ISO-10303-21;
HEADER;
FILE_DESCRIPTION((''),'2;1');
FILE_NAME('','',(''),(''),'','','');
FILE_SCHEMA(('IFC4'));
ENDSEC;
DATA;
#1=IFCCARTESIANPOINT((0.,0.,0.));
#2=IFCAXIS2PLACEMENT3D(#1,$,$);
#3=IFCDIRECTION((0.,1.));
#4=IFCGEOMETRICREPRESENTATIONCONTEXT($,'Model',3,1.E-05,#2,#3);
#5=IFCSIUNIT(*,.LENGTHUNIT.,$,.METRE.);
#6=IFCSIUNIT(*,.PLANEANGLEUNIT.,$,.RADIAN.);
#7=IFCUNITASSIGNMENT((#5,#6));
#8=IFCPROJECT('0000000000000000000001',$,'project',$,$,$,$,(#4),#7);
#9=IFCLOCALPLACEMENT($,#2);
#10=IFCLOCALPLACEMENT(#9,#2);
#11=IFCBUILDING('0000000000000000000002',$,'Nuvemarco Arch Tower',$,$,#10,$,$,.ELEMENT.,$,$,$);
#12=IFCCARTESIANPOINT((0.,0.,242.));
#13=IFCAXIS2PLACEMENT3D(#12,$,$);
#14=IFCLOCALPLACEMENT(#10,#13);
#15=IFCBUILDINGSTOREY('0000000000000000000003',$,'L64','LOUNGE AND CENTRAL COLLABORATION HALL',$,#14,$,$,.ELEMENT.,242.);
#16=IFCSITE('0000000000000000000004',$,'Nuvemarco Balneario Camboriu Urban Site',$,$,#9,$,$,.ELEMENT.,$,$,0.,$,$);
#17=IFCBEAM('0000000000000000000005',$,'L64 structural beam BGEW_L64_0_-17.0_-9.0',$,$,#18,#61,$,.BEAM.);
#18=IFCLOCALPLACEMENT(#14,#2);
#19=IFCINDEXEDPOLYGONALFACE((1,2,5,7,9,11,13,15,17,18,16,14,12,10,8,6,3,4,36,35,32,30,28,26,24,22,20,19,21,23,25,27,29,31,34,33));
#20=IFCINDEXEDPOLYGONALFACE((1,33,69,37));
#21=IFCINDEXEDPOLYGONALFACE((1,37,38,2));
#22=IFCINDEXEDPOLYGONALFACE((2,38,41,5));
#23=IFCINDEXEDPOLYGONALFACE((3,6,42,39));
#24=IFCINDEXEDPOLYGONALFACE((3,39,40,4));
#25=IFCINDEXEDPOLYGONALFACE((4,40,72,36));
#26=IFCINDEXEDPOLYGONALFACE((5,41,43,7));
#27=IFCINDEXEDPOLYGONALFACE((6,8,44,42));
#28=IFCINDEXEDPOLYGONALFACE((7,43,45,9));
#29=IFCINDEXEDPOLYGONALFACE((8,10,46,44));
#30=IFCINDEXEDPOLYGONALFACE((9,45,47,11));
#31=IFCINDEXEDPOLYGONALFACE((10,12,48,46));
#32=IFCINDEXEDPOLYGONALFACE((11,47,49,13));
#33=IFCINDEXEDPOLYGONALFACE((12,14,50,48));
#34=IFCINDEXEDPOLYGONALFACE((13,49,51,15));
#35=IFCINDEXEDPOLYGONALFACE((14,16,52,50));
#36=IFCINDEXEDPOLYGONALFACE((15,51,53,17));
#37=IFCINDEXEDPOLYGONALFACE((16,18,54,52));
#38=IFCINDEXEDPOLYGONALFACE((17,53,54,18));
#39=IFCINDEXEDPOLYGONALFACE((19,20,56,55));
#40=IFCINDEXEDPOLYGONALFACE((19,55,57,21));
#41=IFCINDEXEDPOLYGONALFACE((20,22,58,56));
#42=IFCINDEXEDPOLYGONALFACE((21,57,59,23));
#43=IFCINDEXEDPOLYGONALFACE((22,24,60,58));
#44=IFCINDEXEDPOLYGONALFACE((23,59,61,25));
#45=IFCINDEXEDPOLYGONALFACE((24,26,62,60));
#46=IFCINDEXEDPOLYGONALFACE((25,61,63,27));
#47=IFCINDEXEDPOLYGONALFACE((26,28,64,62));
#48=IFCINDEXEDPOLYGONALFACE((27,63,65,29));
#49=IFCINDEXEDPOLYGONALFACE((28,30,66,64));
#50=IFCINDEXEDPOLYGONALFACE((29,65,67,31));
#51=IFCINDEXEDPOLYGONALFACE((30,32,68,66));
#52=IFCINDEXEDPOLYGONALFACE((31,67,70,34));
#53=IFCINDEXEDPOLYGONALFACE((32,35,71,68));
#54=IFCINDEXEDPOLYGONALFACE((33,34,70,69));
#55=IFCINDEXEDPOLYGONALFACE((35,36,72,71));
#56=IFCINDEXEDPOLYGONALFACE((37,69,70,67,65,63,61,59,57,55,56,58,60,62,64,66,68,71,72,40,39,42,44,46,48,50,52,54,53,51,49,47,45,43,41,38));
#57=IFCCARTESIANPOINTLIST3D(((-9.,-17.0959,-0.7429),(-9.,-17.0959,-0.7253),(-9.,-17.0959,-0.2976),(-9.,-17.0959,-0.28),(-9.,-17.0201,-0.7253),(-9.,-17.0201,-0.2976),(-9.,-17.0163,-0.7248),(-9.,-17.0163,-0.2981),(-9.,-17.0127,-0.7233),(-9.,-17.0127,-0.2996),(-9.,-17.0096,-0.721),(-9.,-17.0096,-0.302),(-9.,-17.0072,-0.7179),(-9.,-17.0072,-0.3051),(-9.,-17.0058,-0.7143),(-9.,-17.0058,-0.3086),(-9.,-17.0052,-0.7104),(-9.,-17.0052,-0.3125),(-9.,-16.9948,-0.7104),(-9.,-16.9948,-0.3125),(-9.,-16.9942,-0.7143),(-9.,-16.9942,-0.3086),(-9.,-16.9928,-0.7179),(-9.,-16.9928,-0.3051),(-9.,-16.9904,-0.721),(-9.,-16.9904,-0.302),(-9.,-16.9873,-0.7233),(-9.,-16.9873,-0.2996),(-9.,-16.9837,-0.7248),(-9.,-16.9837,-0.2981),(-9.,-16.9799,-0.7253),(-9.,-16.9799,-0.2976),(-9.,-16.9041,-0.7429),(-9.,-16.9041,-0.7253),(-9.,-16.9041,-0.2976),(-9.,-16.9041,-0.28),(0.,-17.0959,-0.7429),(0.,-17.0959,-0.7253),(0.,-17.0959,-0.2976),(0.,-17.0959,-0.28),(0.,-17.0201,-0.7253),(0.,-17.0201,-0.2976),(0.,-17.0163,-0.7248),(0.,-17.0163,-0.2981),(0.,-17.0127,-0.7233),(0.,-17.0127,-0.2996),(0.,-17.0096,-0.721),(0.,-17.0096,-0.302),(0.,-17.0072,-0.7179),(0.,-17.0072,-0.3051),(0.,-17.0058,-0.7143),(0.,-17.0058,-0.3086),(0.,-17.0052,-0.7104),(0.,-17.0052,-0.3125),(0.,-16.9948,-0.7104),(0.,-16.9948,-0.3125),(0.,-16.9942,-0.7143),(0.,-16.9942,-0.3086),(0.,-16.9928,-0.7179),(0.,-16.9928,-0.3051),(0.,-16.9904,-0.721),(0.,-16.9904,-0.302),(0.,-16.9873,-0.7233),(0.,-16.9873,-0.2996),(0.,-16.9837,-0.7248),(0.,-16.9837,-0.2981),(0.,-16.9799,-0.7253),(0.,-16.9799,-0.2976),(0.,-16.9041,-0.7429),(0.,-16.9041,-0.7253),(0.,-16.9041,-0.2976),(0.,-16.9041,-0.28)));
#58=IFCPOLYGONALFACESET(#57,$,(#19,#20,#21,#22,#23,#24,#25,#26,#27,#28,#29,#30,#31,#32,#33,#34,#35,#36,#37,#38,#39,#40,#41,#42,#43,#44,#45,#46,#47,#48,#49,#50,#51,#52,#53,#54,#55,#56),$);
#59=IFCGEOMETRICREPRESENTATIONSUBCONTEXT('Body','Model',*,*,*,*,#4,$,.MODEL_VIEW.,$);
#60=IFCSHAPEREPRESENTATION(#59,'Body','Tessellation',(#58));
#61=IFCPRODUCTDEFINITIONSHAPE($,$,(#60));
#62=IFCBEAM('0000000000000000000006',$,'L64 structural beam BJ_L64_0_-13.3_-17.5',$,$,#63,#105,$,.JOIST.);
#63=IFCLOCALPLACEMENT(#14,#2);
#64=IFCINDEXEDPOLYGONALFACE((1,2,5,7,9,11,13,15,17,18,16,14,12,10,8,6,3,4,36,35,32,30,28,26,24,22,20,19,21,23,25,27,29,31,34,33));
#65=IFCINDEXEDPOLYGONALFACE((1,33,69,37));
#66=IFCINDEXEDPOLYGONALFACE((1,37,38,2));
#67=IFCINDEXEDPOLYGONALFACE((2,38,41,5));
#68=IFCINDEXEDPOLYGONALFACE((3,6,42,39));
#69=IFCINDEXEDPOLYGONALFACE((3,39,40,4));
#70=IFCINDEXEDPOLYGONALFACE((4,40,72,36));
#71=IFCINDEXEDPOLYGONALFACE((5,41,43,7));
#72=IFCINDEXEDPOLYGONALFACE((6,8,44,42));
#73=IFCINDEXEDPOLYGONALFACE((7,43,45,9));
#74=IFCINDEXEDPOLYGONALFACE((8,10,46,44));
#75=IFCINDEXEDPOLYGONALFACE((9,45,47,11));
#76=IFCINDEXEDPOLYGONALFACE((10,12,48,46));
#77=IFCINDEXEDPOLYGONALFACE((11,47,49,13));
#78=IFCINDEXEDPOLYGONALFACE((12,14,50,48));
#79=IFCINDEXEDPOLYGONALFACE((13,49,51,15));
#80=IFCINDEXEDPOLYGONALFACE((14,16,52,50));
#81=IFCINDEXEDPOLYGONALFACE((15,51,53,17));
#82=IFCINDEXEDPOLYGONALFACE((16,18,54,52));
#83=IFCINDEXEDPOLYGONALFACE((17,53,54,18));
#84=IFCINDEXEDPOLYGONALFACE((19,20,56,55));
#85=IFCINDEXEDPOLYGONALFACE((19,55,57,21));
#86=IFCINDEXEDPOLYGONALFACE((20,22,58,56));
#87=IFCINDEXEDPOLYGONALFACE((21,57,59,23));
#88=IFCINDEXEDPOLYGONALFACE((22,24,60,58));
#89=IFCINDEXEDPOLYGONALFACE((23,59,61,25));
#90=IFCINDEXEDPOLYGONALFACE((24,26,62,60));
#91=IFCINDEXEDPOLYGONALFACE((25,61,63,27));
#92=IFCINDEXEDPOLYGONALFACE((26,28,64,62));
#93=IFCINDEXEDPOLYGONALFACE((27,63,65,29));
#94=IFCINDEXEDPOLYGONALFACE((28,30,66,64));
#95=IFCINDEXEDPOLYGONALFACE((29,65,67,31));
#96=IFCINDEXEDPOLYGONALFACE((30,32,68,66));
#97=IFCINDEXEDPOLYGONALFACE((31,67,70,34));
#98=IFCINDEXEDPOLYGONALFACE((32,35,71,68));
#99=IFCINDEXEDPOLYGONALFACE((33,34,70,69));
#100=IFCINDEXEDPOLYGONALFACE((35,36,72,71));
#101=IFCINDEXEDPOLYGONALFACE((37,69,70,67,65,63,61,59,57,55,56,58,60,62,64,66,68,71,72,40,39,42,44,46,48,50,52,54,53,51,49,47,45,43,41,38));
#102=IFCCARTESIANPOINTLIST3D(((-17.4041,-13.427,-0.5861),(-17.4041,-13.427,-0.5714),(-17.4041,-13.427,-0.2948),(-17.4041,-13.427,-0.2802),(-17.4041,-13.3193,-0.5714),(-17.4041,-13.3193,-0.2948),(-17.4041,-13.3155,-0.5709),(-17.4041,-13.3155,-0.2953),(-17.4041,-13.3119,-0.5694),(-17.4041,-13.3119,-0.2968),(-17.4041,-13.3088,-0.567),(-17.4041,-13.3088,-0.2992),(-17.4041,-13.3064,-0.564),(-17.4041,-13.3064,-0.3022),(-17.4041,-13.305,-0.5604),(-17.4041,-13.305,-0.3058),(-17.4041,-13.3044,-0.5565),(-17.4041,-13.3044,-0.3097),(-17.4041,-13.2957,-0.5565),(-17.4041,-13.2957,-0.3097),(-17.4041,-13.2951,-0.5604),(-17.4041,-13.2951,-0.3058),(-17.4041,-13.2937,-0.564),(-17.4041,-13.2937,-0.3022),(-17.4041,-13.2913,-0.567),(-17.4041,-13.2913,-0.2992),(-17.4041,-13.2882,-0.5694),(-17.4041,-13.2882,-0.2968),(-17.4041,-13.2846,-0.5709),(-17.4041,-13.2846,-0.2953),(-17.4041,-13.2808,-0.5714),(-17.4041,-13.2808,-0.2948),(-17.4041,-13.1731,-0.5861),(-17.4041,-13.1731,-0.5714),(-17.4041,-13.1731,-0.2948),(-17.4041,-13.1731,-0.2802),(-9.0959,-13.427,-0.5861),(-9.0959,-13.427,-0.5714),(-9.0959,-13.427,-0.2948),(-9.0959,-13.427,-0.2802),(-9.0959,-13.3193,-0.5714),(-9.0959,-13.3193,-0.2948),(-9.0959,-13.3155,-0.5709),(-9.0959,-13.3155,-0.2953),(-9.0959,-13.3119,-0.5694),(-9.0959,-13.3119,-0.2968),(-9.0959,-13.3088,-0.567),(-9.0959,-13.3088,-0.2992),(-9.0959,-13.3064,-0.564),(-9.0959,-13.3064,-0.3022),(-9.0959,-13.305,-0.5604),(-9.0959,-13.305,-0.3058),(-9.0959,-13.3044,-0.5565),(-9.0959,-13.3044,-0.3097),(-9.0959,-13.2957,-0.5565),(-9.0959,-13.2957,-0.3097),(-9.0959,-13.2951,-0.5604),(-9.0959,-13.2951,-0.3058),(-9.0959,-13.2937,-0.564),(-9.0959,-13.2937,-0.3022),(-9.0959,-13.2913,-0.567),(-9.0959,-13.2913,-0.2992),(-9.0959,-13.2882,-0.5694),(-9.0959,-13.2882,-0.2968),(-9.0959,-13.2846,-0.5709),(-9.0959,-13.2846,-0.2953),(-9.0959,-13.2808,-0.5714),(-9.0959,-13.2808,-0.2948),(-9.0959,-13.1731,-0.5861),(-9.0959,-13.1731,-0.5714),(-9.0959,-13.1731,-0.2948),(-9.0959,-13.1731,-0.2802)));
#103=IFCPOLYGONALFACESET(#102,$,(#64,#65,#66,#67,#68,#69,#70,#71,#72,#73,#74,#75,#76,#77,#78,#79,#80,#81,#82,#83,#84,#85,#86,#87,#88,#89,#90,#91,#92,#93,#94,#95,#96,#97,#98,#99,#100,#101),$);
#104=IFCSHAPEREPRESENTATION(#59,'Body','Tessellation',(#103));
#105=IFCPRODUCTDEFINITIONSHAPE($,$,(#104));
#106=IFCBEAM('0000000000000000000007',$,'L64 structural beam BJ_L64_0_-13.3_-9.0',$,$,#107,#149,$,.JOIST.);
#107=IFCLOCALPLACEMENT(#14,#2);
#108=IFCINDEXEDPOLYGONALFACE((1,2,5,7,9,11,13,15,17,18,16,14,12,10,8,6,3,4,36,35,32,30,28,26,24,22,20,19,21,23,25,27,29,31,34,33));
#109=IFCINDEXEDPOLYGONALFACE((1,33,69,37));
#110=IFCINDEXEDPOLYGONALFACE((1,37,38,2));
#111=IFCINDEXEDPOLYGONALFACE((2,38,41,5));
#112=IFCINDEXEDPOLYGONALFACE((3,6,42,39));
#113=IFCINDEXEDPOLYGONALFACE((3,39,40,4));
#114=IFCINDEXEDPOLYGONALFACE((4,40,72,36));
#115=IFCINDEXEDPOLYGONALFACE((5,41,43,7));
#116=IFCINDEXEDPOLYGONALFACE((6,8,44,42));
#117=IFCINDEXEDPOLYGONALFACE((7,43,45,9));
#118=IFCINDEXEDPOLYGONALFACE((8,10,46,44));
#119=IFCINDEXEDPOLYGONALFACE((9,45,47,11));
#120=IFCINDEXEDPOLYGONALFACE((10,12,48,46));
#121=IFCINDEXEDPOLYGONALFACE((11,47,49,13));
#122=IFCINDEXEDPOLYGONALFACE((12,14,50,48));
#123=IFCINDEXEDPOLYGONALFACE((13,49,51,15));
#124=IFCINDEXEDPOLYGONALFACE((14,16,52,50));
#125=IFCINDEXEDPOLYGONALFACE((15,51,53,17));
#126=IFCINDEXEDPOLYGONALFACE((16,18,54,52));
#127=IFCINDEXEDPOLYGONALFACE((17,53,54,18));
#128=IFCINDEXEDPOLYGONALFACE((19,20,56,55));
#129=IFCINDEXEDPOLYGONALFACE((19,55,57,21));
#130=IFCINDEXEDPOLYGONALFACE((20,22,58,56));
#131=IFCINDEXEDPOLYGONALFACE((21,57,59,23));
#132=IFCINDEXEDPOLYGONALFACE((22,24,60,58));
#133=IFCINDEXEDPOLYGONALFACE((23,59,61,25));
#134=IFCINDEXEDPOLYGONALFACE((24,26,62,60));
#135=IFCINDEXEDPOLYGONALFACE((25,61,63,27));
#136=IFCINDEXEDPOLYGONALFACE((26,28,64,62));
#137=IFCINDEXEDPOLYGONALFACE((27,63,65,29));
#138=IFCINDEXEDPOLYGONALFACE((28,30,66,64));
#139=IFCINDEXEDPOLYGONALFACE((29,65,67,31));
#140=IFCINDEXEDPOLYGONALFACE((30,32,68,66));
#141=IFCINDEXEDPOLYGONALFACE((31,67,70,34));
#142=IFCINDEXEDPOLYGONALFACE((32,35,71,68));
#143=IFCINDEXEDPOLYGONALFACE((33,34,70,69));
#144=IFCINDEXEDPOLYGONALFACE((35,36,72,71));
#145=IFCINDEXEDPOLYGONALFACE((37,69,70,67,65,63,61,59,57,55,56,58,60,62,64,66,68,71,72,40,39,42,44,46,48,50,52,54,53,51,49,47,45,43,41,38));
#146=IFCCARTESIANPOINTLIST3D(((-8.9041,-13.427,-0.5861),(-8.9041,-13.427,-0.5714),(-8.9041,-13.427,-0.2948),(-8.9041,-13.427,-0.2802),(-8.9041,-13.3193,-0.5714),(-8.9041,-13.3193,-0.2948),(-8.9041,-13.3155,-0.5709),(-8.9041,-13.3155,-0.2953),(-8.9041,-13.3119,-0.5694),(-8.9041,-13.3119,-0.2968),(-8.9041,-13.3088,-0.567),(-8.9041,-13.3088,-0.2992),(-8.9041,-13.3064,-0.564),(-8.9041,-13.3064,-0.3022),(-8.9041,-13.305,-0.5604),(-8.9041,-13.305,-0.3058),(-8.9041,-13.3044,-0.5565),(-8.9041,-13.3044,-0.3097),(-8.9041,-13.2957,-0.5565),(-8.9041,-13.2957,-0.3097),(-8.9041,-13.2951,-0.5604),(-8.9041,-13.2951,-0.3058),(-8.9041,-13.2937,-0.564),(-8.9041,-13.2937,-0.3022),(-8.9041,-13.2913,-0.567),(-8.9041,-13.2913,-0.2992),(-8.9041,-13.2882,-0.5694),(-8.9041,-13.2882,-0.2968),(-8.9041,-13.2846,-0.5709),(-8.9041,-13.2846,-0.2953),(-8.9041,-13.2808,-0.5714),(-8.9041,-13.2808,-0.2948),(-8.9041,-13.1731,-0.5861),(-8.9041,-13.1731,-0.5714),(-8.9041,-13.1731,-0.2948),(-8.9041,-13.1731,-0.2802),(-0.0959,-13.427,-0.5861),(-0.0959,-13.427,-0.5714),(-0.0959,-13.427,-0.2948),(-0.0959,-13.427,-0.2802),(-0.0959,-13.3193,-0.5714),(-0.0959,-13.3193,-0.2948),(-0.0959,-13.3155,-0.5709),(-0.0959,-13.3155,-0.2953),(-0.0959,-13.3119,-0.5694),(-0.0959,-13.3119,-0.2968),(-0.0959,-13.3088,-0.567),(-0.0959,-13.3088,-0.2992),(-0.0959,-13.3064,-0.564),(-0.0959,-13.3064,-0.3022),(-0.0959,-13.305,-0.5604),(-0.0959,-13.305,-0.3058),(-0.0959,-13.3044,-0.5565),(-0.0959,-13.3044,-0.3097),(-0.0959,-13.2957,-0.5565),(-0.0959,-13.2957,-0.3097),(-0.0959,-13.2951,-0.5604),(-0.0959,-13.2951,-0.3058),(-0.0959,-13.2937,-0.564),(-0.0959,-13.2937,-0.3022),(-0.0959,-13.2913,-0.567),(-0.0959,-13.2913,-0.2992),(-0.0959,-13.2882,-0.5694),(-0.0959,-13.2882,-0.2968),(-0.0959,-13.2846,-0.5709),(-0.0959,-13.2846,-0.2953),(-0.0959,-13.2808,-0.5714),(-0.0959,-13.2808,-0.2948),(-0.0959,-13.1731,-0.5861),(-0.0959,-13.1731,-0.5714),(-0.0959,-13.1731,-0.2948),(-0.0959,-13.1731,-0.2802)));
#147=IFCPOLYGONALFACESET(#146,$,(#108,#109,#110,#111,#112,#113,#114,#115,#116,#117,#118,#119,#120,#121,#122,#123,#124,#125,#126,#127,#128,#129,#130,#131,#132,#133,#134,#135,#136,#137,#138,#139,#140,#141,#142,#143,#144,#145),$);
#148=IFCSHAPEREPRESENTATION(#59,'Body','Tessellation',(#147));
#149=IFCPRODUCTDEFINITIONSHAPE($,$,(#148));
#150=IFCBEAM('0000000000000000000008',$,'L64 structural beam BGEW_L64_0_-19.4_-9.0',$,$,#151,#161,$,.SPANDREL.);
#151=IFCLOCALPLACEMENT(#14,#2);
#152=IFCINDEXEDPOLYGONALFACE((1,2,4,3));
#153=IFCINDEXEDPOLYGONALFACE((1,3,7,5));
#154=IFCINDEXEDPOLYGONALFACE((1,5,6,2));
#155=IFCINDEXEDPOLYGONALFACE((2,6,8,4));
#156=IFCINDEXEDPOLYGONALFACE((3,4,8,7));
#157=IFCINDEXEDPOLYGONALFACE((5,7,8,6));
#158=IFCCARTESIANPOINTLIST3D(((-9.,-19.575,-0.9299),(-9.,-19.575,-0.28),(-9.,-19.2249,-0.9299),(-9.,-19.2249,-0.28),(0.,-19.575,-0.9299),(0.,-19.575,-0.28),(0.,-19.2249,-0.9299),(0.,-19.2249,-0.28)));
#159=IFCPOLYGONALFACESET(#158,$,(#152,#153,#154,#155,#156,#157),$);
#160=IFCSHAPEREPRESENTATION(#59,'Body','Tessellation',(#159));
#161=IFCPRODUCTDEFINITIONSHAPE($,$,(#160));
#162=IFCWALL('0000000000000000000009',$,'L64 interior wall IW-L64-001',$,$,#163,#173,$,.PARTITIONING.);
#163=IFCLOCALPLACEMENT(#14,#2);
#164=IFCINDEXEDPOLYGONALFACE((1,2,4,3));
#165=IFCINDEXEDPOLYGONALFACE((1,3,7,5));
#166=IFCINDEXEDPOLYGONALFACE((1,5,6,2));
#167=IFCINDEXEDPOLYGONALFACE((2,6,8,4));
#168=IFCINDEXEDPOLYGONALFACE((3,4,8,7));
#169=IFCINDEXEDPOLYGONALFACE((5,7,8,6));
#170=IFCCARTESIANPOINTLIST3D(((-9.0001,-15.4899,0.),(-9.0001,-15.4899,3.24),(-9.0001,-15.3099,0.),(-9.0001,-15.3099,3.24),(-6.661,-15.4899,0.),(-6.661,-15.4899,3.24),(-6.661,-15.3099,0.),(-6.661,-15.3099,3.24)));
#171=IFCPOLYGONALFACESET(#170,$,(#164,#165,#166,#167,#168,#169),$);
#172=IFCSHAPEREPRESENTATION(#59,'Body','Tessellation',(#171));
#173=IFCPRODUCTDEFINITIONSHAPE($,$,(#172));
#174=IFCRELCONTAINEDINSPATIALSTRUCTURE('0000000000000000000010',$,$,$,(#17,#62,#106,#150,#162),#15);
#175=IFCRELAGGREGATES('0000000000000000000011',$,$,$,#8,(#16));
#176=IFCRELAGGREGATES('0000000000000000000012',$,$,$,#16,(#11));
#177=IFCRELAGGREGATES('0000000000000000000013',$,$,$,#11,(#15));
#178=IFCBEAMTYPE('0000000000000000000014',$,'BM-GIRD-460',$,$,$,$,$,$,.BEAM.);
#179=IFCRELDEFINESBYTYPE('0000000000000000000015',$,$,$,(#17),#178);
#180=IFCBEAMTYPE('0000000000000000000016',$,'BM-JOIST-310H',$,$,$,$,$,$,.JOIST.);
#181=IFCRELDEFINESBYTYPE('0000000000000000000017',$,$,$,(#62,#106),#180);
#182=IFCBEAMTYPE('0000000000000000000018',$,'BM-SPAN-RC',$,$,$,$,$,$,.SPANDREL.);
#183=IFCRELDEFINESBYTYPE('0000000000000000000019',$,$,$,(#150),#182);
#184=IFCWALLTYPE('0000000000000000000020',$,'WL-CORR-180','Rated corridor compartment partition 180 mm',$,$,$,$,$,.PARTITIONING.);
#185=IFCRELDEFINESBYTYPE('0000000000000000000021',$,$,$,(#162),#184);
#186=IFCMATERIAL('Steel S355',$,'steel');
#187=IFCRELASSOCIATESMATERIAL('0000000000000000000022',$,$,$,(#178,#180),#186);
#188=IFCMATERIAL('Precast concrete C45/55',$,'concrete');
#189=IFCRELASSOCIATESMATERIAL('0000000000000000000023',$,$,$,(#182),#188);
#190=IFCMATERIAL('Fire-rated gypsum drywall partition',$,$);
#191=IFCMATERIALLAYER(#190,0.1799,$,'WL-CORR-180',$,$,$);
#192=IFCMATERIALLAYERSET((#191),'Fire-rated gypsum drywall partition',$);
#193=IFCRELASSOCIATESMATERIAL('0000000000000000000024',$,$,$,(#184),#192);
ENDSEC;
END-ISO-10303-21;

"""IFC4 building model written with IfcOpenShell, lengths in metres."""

from ifc_helpers import new_model, si_unit, direction, frame, frame_2d, origin, origin_2d, place, context, subcontext, project, spatial, rectangle, i_section, extrude, material, layer, layer_set, material_profile, profile_set, type_object, element, save


model = new_model("IFC4")

# Units and contexts
model_context = context("Model", 3, precision=1e-05, world=origin(), true_north=direction((0.0, 1.0)))
body_context = subcontext(model_context, "Body", "Model", "MODEL_VIEW")
ifc_project = project(units=[si_unit("LENGTHUNIT", "METRE"), si_unit("PLANEANGLEUNIT", "RADIAN")], contexts=[model_context])

# Site, building, storey
site_placement = place(None, origin())
site = spatial("IfcSite", under=ifc_project, at=site_placement, Name="Nuvemarco Balneario Camboriu Urban Site", CompositionType="ELEMENT", RefElevation=0.0)
building_placement = place(site_placement, origin())
building = spatial("IfcBuilding", under=site, at=building_placement, Name="Nuvemarco Arch Tower", CompositionType="ELEMENT")
storey_placement = place(building_placement, frame((0.0, 0.0, 242.0)))
storey = spatial("IfcBuildingStorey", under=building, at=storey_placement, Name="L64", Description="LOUNGE AND CENTRAL COLLABORATION HALL", CompositionType="ELEMENT", Elevation=242.0)

# Shared definitions
ifc_material_1 = material(Name="Steel S355", Category="steel")

# Beams
ifc_material_profile_1 = material_profile(ifc_material_1, i_section(OverallWidth=0.1919, OverallDepth=0.4629, WebThickness=0.0105, FlangeThickness=0.0176, FilletRadius=0.0149, at=origin_2d()), Name="W460x89")
ifc_profile_set_1 = profile_set([ifc_material_profile_1], Name="Steel S355")
beam_type_1 = type_object("IfcBeamType", Name="BM-GIRD-460", PredefinedType="BEAM", material=ifc_profile_set_1)
beam_1_placement = place(storey_placement, frame((-9.0, -17.0, -0.5115), z_axis=(1.0, 0.0, 0.0), x_axis=(0.0, 1.0, 0.0)))
element("IfcBeam", 1, at=beam_1_placement, inside=storey, type_object=beam_type_1, Name="L64 structural beam BGEW_L64_0_-17.0_-9.0", PredefinedType="BEAM", context=body_context, shape_type="SweptSolid", body=[
    extrude(i_section(OverallWidth=0.1919, OverallDepth=0.4629, WebThickness=0.0105, FlangeThickness=0.0176, FilletRadius=0.0149, at=origin_2d()), origin(), (0.0, 0.0, 1.0), 9.0),
])
ifc_material_profile_2 = material_profile(ifc_material_1, i_section(OverallWidth=0.2539, OverallDepth=0.3059, WebThickness=0.0088, FlangeThickness=0.0146, FilletRadius=0.0149, at=origin_2d()), Name="W310x79")
ifc_profile_set_2 = profile_set([ifc_material_profile_2], Name="Steel S355")
beam_type_2 = type_object("IfcBeamType", Name="BM-JOIST-310H", PredefinedType="JOIST", material=ifc_profile_set_2)
beam_2_placement = place(storey_placement, frame((-17.4041, -13.3, -0.4331), z_axis=(1.0, 0.0, 0.0), x_axis=(0.0, 1.0, 0.0)))
element("IfcBeam", 2, at=beam_2_placement, inside=storey, type_object=beam_type_2, Name="L64 structural beam BJ_L64_0_-13.3_-17.5", PredefinedType="JOIST", context=body_context, shape_type="SweptSolid", body=[
    extrude(i_section(OverallWidth=0.2539, OverallDepth=0.3059, WebThickness=0.0088, FlangeThickness=0.0146, FilletRadius=0.0149, at=origin_2d()), origin(), (0.0, 0.0, 1.0), 8.3081),
])
beam_3_placement = place(storey_placement, frame((-8.9041, -13.3, -0.4331), z_axis=(1.0, 0.0, 0.0), x_axis=(0.0, 1.0, 0.0)))
element("IfcBeam", 3, at=beam_3_placement, inside=storey, type_object=beam_type_2, Name="L64 structural beam BJ_L64_0_-13.3_-9.0", PredefinedType="JOIST", context=body_context, shape_type="SweptSolid", body=[
    extrude(i_section(OverallWidth=0.2539, OverallDepth=0.3059, WebThickness=0.0088, FlangeThickness=0.0146, FilletRadius=0.0149, at=origin_2d()), origin(), (0.0, 0.0, 1.0), 8.8081),
])
ifc_material_2 = material(Name="Precast concrete C45/55", Category="concrete")
ifc_material_profile_3 = material_profile(ifc_material_2, rectangle(XDim=0.3501, YDim=0.6499, at=origin_2d()), Name="PC-SP-350x650")
ifc_profile_set_3 = profile_set([ifc_material_profile_3], Name="Precast concrete C45/55")
beam_type_3 = type_object("IfcBeamType", Name="BM-SPAN-RC", PredefinedType="SPANDREL", material=ifc_profile_set_3)
beam_4_placement = place(storey_placement, frame((-9.0, -19.3999, -0.605), z_axis=(1.0, 0.0, 0.0), x_axis=(0.0, 1.0, 0.0)))
element("IfcBeam", 4, at=beam_4_placement, inside=storey, type_object=beam_type_3, Name="L64 structural beam BGEW_L64_0_-19.4_-9.0", PredefinedType="SPANDREL", context=body_context, shape_type="SweptSolid", body=[
    extrude(rectangle(XDim=0.3501, YDim=0.6499, at=origin_2d()), origin(), (0.0, 0.0, 1.0), 9.0),
])

# Wall
ifc_material_3 = material(Name="Fire-rated gypsum drywall partition")
ifc_layer_1 = layer(ifc_material_3, 0.1799, Name="WL-CORR-180")
ifc_layer_set_1 = layer_set([ifc_layer_1], Name="Fire-rated gypsum drywall partition")
wall_type_1 = type_object("IfcWallType", Name="WL-CORR-180", Description="Rated corridor compartment partition 180 mm", PredefinedType="PARTITIONING", material=ifc_layer_set_1)
wall_1_placement = place(storey_placement, frame((-9.0, -15.3999, 0.0), z_axis=(0.0, 0.0, 1.0), x_axis=(1.0, 0.0, 0.0)))
element("IfcWall", 5, at=wall_1_placement, inside=storey, type_object=wall_type_1, Name="L64 interior wall IW-L64-001", PredefinedType="PARTITIONING", context=body_context, shape_type="SweptSolid", body=[
    extrude(rectangle(XDim=2.3391, YDim=0.1799, at=frame_2d((1.1694, 0.0))), origin(), (0.0, 0.0, 1.0), 3.24),
])

save(model, "model.ifc")
